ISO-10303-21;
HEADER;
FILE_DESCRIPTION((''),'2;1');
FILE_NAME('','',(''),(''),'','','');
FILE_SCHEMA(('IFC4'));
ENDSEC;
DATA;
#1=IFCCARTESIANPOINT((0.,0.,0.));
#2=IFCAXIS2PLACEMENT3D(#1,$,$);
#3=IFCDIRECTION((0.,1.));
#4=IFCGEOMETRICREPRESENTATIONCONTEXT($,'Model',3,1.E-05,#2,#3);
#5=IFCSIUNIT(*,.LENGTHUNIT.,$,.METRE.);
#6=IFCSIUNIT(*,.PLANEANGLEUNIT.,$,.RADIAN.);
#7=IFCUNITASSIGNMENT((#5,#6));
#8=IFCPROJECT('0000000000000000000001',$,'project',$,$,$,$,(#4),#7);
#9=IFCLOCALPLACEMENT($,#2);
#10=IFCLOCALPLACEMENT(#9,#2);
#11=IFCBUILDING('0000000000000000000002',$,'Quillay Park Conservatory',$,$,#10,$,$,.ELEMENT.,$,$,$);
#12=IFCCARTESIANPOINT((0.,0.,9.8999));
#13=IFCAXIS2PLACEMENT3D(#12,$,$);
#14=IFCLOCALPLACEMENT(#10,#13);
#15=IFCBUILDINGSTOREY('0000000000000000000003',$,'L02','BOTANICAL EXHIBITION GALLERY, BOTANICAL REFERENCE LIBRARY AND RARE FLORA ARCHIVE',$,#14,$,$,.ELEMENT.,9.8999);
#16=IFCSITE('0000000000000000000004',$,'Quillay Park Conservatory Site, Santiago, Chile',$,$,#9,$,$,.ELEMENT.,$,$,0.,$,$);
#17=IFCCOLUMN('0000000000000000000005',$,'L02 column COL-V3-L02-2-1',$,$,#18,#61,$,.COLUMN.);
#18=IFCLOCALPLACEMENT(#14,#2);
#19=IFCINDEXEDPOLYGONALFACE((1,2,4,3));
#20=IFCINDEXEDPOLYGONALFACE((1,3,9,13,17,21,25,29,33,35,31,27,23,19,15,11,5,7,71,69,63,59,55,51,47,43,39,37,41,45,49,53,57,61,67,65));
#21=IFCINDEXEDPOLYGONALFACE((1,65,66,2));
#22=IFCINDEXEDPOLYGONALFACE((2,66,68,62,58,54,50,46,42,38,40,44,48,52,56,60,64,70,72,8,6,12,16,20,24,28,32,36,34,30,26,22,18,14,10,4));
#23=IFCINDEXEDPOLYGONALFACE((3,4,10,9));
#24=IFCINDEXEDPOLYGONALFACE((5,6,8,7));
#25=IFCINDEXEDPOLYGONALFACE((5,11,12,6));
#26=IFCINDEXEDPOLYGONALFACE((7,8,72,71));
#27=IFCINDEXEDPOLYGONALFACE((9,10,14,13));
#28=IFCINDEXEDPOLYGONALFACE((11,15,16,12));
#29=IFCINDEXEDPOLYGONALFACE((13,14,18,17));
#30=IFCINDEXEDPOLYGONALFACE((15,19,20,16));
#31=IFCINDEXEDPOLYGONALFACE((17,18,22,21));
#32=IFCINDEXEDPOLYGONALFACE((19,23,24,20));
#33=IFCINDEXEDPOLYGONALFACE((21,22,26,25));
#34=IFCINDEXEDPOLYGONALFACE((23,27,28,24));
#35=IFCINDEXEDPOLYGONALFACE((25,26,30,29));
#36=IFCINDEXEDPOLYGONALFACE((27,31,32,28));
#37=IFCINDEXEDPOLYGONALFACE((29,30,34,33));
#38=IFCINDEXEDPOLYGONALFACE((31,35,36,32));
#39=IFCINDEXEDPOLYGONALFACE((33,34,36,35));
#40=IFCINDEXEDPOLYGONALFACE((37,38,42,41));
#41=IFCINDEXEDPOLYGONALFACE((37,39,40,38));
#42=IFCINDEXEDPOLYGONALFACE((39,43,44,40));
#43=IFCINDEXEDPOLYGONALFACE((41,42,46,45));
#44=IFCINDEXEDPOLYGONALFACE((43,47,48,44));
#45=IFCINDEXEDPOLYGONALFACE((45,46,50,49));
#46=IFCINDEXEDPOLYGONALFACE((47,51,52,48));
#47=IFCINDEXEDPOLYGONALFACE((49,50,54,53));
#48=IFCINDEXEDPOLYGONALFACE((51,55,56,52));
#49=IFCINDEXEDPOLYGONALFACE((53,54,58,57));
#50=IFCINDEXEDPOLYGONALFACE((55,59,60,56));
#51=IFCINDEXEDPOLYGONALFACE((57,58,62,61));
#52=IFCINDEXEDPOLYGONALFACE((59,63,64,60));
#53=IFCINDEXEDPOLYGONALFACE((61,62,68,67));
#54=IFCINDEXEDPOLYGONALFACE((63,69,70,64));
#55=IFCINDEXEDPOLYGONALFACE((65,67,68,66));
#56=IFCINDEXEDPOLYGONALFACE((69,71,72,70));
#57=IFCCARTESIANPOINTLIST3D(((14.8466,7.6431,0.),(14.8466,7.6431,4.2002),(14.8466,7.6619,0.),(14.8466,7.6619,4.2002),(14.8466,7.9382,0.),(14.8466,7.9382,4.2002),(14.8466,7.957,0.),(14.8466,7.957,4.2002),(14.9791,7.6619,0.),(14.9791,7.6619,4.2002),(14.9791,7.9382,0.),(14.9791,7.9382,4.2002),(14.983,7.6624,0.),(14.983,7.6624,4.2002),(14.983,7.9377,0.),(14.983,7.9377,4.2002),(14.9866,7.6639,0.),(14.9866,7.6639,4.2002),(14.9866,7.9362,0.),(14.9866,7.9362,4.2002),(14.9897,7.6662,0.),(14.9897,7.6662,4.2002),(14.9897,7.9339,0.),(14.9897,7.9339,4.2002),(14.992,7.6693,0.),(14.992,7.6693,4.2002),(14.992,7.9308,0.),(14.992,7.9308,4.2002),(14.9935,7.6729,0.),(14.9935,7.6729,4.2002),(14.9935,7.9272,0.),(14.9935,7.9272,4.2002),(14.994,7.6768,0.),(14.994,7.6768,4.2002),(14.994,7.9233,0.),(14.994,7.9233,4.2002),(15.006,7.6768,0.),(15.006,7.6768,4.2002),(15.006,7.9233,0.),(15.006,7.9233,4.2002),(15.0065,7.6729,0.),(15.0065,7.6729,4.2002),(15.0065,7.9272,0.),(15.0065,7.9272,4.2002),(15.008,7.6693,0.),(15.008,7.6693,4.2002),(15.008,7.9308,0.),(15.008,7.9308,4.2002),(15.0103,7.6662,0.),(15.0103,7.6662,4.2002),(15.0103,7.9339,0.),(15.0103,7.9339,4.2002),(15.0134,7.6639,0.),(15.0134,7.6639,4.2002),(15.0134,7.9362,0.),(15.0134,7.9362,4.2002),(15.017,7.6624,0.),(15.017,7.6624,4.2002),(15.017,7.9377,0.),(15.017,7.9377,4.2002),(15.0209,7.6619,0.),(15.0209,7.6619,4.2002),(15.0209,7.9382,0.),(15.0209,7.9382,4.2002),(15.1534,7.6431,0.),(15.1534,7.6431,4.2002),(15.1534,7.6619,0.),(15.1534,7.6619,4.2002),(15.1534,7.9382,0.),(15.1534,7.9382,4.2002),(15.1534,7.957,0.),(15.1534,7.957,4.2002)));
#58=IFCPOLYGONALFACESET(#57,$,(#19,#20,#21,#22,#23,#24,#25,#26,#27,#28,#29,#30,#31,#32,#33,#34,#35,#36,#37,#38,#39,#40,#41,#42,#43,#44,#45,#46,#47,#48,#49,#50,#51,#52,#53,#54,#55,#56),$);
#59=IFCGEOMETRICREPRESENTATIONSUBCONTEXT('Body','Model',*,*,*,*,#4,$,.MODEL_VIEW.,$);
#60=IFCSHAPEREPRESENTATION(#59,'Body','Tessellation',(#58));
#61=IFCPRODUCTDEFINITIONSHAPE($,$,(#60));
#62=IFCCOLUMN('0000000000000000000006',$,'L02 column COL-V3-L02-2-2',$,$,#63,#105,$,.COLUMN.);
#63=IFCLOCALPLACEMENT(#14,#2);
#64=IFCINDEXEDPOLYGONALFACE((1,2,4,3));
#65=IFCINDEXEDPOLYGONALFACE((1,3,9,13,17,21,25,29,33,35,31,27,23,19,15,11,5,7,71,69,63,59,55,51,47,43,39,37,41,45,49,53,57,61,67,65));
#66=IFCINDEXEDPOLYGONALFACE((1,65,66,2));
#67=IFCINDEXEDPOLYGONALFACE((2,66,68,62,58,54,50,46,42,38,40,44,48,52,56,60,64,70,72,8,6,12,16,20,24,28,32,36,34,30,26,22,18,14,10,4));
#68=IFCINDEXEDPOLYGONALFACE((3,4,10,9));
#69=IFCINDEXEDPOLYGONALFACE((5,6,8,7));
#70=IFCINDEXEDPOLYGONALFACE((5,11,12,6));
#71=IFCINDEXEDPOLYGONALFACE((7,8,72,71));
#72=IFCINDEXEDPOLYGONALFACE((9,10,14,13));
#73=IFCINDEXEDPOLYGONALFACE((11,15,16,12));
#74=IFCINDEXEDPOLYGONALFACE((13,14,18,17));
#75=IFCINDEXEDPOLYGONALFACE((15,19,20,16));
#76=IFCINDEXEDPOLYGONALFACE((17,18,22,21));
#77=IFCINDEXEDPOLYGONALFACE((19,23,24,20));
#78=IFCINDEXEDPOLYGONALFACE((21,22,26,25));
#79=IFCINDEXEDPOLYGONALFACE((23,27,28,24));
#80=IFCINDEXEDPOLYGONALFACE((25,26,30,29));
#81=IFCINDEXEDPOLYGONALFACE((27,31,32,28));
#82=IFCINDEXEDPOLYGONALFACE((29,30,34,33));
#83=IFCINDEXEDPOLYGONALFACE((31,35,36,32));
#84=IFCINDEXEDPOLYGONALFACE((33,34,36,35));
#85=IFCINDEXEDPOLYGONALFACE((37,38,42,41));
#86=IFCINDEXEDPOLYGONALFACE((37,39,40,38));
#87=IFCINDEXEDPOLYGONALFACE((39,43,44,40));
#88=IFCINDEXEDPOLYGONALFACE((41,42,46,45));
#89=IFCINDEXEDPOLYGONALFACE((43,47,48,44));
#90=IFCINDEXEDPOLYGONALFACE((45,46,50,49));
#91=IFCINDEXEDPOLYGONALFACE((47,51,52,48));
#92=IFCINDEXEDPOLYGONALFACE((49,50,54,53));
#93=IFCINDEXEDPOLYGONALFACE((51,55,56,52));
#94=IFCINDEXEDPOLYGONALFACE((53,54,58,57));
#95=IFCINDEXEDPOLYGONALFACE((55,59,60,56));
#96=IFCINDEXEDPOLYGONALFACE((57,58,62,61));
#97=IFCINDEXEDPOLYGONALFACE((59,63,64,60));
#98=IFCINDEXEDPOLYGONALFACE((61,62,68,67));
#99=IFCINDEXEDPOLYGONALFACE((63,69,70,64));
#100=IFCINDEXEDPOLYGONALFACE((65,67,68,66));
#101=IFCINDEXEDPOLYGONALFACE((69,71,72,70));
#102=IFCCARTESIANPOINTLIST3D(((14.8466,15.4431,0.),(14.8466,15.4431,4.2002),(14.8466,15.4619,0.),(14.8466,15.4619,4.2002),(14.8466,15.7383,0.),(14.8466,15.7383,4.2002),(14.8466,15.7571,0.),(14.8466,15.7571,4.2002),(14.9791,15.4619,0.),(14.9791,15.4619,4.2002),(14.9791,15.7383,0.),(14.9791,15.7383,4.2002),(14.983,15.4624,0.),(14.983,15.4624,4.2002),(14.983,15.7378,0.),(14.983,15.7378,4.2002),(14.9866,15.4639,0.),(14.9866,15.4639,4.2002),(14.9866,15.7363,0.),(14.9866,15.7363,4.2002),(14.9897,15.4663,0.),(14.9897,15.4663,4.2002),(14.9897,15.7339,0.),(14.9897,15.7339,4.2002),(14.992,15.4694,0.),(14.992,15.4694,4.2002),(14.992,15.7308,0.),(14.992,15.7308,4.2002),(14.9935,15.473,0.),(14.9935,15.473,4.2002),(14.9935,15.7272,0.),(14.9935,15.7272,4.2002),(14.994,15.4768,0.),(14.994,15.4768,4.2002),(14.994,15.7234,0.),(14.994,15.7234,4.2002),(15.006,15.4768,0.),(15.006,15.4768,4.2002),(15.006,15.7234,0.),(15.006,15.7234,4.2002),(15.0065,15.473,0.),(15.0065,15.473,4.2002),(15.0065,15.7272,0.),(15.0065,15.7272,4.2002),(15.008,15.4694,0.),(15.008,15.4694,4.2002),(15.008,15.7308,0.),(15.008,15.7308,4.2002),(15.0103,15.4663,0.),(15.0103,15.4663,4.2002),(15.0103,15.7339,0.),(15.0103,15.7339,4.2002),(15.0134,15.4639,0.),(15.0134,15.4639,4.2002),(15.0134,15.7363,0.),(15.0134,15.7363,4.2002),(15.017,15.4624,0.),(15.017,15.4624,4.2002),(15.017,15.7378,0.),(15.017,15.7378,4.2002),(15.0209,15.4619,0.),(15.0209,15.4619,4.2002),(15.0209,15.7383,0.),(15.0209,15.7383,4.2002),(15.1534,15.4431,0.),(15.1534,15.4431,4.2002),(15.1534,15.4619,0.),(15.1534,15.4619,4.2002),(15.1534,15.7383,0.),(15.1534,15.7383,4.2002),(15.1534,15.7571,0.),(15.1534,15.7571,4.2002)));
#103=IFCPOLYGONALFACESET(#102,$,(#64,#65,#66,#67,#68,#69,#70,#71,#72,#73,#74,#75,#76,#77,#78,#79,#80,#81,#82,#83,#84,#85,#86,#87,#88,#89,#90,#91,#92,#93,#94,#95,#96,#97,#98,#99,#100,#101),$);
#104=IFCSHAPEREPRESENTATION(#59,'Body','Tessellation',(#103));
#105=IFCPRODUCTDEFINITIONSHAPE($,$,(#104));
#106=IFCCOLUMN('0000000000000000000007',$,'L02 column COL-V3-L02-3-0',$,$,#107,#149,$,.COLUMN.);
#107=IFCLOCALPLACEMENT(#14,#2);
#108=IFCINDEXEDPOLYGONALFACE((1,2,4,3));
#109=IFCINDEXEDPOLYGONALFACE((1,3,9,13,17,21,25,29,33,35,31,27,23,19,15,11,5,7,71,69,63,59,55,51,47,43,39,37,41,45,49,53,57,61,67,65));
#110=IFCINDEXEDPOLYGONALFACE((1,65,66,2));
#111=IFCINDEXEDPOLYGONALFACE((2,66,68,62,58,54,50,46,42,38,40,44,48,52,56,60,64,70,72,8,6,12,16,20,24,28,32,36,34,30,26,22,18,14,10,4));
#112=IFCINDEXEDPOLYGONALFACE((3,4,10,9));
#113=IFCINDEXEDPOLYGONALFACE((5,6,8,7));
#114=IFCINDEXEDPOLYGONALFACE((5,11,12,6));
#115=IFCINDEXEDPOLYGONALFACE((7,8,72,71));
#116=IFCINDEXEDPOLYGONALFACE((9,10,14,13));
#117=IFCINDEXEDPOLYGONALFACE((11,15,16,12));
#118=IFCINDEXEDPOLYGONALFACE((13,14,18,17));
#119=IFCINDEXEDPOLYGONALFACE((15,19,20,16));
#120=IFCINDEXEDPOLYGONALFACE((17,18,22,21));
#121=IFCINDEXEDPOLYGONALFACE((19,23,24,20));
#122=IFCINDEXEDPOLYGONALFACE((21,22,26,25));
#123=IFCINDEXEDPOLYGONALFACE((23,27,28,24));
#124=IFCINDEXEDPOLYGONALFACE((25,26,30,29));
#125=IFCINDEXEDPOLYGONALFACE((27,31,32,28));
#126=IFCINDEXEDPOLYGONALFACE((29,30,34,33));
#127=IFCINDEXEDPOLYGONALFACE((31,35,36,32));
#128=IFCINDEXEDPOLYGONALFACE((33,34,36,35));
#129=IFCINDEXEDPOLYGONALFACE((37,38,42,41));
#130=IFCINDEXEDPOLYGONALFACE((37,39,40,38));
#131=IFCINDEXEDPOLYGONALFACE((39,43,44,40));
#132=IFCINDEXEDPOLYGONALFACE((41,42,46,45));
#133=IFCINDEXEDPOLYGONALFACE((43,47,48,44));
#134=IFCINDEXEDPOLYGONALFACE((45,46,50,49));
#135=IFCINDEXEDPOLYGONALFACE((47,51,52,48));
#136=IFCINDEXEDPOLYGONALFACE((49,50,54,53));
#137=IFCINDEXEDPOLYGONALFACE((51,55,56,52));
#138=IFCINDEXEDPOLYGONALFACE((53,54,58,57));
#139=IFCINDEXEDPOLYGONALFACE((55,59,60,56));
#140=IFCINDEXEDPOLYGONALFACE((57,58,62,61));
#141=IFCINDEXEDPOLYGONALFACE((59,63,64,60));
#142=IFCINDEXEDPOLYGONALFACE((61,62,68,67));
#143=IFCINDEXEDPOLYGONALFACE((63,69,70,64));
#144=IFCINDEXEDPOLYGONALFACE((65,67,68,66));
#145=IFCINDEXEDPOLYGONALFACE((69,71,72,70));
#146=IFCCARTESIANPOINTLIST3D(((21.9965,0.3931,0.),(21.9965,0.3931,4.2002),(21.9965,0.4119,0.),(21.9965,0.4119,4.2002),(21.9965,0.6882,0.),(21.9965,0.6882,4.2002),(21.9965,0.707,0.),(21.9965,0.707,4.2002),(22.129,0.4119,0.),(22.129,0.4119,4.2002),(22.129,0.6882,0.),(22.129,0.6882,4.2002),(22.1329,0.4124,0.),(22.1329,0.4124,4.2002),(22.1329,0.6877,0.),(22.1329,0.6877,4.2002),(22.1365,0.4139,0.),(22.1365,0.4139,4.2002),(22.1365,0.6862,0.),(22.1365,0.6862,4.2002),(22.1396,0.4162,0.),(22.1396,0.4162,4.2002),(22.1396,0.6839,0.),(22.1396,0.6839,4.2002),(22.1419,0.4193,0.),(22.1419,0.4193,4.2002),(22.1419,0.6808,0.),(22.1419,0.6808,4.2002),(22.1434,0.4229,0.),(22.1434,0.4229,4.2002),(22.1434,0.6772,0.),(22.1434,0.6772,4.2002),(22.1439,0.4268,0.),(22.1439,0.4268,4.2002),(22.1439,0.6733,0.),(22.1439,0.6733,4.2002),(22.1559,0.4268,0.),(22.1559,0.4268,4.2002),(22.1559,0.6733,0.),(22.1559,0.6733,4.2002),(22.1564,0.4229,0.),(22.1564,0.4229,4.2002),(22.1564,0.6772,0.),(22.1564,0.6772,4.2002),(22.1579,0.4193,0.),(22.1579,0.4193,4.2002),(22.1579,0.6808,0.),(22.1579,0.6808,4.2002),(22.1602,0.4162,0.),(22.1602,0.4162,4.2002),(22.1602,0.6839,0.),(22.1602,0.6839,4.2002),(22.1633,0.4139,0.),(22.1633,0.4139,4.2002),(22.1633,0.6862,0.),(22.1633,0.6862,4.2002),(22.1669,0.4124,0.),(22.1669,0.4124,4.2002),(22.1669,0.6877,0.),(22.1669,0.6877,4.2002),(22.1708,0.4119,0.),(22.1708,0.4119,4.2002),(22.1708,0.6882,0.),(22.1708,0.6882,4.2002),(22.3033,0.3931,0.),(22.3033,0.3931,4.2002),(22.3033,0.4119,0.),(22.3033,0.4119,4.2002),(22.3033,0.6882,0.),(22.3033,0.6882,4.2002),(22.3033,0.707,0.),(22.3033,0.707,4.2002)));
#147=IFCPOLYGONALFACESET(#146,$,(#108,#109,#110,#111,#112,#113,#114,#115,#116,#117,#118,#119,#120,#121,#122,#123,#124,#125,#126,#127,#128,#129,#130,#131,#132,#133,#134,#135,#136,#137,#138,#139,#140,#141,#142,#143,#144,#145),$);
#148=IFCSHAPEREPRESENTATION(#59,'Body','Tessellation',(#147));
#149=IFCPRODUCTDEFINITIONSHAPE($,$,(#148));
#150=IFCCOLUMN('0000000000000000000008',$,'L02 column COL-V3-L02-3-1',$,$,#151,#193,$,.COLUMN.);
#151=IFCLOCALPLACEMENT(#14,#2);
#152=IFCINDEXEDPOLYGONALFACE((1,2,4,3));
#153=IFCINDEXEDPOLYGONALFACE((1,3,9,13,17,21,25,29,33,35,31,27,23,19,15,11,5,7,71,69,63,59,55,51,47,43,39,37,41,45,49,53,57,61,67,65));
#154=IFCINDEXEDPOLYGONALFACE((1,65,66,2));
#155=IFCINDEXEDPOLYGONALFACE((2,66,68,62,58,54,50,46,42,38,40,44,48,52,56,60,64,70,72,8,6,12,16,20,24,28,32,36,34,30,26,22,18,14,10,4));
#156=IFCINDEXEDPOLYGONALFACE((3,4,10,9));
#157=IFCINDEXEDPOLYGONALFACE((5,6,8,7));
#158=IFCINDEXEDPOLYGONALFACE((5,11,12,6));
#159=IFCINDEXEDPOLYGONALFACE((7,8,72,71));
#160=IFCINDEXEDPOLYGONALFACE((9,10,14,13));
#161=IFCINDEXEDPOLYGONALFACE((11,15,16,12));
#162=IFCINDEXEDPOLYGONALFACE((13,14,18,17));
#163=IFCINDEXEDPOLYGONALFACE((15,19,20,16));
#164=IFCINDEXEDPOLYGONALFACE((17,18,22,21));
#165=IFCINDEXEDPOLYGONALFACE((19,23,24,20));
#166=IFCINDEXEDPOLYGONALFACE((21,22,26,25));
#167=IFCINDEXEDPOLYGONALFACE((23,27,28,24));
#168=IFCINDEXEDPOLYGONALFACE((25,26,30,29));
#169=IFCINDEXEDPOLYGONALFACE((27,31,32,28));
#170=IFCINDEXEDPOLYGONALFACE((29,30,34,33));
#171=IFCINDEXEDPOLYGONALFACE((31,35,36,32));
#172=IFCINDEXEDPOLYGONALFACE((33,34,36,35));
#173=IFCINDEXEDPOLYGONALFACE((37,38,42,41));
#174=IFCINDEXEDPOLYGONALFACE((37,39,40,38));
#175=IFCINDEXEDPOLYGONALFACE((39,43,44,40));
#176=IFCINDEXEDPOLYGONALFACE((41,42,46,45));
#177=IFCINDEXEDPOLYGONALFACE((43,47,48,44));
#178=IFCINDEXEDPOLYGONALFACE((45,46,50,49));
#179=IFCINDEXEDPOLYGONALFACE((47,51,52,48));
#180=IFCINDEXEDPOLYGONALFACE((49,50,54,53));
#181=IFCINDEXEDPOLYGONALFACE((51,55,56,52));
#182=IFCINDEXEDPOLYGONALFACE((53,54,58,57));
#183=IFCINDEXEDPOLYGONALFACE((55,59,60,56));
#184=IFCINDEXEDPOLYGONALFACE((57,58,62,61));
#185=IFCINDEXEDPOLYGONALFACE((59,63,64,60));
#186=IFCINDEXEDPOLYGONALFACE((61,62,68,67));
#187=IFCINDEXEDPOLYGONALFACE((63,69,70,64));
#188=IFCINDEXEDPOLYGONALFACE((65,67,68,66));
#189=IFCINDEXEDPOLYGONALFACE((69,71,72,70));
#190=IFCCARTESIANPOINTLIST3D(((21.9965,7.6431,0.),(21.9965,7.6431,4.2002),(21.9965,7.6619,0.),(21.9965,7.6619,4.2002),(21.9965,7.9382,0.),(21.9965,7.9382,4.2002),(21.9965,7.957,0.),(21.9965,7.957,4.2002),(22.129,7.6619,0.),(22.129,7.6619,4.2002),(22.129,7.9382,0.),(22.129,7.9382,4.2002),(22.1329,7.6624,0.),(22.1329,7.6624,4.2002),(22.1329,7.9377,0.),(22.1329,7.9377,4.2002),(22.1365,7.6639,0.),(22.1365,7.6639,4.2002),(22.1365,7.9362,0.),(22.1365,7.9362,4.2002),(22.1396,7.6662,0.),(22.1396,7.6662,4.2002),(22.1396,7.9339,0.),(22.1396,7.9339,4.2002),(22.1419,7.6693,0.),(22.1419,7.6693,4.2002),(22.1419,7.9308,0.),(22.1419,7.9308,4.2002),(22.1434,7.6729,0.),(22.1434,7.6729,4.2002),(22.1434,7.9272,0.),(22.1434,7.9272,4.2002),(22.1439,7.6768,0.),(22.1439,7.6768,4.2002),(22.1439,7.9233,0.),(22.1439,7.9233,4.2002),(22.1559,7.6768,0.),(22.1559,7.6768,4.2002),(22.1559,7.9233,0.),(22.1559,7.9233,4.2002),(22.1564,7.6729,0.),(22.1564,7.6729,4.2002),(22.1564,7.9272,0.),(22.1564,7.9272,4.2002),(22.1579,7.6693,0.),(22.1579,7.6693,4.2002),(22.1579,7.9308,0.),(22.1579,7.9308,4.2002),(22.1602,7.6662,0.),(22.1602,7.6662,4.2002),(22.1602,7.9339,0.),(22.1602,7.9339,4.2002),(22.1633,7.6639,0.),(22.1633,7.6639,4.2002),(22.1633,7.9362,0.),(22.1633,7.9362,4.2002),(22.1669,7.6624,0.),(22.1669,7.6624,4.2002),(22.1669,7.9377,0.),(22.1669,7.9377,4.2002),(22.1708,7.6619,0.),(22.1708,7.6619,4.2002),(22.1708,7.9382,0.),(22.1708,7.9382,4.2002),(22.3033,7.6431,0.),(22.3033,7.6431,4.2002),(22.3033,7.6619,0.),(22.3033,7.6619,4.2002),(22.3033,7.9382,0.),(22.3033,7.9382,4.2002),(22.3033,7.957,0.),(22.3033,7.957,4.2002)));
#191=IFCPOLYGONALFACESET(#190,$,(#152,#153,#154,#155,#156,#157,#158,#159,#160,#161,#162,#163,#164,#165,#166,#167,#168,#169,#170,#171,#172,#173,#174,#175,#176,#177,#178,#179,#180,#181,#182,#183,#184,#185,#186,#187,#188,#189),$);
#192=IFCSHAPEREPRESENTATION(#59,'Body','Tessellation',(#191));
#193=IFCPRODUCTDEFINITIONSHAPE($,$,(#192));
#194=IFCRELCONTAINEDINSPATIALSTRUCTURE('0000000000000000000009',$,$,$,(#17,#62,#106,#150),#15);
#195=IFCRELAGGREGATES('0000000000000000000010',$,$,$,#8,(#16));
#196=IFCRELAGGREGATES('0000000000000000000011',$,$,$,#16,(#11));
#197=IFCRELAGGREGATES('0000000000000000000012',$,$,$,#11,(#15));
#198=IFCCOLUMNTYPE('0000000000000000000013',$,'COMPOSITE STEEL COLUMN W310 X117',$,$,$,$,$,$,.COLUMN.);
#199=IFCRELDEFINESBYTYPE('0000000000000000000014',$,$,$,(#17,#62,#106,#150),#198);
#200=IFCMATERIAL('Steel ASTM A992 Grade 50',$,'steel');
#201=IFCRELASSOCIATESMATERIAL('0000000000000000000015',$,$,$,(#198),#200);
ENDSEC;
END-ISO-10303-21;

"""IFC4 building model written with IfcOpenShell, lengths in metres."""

from ifc_helpers import new_model, si_unit, direction, frame, origin, origin_2d, place, context, subcontext, project, spatial, i_section, extrude, material, material_profile, profile_set, type_object, element, save


model = new_model("IFC4")

# Units and contexts
model_context = context("Model", 3, precision=1e-05, world=origin(), true_north=direction((0.0, 1.0)))
body_context = subcontext(model_context, "Body", "Model", "MODEL_VIEW")
ifc_project = project(units=[si_unit("LENGTHUNIT", "METRE"), si_unit("PLANEANGLEUNIT", "RADIAN")], contexts=[model_context])

# Site, building, storey
site_placement = place(None, origin())
site = spatial("IfcSite", under=ifc_project, at=site_placement, Name="Quillay Park Conservatory Site, Santiago, Chile", CompositionType="ELEMENT", RefElevation=0.0)
building_placement = place(site_placement, origin())
building = spatial("IfcBuilding", under=site, at=building_placement, Name="Quillay Park Conservatory", CompositionType="ELEMENT")
storey_placement = place(building_placement, frame((0.0, 0.0, 9.8999)))
storey = spatial("IfcBuildingStorey", under=building, at=storey_placement, Name="L02", Description="BOTANICAL EXHIBITION GALLERY, BOTANICAL REFERENCE LIBRARY AND RARE FLORA ARCHIVE", CompositionType="ELEMENT", Elevation=9.8999)

# Columns
ifc_material_1 = material(Name="Steel ASTM A992 Grade 50", Category="steel")
ifc_material_profile_1 = material_profile(ifc_material_1, i_section(OverallWidth=0.3069, OverallDepth=0.314, WebThickness=0.012, FlangeThickness=0.0188, FilletRadius=0.0149, at=origin_2d()), Name="W310x117")
ifc_profile_set_1 = profile_set([ifc_material_profile_1], Name="Steel ASTM A992 Grade 50")
column_type = type_object("IfcColumnType", Name="COMPOSITE STEEL COLUMN W310 X117", PredefinedType="COLUMN", material=ifc_profile_set_1)
for number, where, z_axis, x_axis, name in (
    (1, (15.0, 7.8, 0.0), (0.0, 0.0, 1.0), (1.0, 0.0, 0.0), "L02 column COL-V3-L02-2-1"),
    (2, (15.0, 15.6001, 0.0), (0.0, 0.0, 1.0), (1.0, 0.0, 0.0), "L02 column COL-V3-L02-2-2"),
    (3, (22.1499, 0.55, 0.0), (0.0, 0.0, 1.0), (1.0, 0.0, 0.0), "L02 column COL-V3-L02-3-0"),
    (4, (22.1499, 7.8, 0.0), (0.0, 0.0, 1.0), (1.0, 0.0, 0.0), "L02 column COL-V3-L02-3-1"),
):
    element("IfcColumn", number, at=place(storey_placement, frame(where, z_axis=z_axis, x_axis=x_axis)), inside=storey, type_object=column_type, Name=name, PredefinedType="COLUMN", context=body_context, shape_type="SweptSolid", body=[
        extrude(i_section(OverallWidth=0.3069, OverallDepth=0.314, WebThickness=0.012, FlangeThickness=0.0188, FilletRadius=0.0149, at=origin_2d()), origin(), (0.0, 0.0, 1.0), 4.2002),
    ])

save(model, "model.ifc")
